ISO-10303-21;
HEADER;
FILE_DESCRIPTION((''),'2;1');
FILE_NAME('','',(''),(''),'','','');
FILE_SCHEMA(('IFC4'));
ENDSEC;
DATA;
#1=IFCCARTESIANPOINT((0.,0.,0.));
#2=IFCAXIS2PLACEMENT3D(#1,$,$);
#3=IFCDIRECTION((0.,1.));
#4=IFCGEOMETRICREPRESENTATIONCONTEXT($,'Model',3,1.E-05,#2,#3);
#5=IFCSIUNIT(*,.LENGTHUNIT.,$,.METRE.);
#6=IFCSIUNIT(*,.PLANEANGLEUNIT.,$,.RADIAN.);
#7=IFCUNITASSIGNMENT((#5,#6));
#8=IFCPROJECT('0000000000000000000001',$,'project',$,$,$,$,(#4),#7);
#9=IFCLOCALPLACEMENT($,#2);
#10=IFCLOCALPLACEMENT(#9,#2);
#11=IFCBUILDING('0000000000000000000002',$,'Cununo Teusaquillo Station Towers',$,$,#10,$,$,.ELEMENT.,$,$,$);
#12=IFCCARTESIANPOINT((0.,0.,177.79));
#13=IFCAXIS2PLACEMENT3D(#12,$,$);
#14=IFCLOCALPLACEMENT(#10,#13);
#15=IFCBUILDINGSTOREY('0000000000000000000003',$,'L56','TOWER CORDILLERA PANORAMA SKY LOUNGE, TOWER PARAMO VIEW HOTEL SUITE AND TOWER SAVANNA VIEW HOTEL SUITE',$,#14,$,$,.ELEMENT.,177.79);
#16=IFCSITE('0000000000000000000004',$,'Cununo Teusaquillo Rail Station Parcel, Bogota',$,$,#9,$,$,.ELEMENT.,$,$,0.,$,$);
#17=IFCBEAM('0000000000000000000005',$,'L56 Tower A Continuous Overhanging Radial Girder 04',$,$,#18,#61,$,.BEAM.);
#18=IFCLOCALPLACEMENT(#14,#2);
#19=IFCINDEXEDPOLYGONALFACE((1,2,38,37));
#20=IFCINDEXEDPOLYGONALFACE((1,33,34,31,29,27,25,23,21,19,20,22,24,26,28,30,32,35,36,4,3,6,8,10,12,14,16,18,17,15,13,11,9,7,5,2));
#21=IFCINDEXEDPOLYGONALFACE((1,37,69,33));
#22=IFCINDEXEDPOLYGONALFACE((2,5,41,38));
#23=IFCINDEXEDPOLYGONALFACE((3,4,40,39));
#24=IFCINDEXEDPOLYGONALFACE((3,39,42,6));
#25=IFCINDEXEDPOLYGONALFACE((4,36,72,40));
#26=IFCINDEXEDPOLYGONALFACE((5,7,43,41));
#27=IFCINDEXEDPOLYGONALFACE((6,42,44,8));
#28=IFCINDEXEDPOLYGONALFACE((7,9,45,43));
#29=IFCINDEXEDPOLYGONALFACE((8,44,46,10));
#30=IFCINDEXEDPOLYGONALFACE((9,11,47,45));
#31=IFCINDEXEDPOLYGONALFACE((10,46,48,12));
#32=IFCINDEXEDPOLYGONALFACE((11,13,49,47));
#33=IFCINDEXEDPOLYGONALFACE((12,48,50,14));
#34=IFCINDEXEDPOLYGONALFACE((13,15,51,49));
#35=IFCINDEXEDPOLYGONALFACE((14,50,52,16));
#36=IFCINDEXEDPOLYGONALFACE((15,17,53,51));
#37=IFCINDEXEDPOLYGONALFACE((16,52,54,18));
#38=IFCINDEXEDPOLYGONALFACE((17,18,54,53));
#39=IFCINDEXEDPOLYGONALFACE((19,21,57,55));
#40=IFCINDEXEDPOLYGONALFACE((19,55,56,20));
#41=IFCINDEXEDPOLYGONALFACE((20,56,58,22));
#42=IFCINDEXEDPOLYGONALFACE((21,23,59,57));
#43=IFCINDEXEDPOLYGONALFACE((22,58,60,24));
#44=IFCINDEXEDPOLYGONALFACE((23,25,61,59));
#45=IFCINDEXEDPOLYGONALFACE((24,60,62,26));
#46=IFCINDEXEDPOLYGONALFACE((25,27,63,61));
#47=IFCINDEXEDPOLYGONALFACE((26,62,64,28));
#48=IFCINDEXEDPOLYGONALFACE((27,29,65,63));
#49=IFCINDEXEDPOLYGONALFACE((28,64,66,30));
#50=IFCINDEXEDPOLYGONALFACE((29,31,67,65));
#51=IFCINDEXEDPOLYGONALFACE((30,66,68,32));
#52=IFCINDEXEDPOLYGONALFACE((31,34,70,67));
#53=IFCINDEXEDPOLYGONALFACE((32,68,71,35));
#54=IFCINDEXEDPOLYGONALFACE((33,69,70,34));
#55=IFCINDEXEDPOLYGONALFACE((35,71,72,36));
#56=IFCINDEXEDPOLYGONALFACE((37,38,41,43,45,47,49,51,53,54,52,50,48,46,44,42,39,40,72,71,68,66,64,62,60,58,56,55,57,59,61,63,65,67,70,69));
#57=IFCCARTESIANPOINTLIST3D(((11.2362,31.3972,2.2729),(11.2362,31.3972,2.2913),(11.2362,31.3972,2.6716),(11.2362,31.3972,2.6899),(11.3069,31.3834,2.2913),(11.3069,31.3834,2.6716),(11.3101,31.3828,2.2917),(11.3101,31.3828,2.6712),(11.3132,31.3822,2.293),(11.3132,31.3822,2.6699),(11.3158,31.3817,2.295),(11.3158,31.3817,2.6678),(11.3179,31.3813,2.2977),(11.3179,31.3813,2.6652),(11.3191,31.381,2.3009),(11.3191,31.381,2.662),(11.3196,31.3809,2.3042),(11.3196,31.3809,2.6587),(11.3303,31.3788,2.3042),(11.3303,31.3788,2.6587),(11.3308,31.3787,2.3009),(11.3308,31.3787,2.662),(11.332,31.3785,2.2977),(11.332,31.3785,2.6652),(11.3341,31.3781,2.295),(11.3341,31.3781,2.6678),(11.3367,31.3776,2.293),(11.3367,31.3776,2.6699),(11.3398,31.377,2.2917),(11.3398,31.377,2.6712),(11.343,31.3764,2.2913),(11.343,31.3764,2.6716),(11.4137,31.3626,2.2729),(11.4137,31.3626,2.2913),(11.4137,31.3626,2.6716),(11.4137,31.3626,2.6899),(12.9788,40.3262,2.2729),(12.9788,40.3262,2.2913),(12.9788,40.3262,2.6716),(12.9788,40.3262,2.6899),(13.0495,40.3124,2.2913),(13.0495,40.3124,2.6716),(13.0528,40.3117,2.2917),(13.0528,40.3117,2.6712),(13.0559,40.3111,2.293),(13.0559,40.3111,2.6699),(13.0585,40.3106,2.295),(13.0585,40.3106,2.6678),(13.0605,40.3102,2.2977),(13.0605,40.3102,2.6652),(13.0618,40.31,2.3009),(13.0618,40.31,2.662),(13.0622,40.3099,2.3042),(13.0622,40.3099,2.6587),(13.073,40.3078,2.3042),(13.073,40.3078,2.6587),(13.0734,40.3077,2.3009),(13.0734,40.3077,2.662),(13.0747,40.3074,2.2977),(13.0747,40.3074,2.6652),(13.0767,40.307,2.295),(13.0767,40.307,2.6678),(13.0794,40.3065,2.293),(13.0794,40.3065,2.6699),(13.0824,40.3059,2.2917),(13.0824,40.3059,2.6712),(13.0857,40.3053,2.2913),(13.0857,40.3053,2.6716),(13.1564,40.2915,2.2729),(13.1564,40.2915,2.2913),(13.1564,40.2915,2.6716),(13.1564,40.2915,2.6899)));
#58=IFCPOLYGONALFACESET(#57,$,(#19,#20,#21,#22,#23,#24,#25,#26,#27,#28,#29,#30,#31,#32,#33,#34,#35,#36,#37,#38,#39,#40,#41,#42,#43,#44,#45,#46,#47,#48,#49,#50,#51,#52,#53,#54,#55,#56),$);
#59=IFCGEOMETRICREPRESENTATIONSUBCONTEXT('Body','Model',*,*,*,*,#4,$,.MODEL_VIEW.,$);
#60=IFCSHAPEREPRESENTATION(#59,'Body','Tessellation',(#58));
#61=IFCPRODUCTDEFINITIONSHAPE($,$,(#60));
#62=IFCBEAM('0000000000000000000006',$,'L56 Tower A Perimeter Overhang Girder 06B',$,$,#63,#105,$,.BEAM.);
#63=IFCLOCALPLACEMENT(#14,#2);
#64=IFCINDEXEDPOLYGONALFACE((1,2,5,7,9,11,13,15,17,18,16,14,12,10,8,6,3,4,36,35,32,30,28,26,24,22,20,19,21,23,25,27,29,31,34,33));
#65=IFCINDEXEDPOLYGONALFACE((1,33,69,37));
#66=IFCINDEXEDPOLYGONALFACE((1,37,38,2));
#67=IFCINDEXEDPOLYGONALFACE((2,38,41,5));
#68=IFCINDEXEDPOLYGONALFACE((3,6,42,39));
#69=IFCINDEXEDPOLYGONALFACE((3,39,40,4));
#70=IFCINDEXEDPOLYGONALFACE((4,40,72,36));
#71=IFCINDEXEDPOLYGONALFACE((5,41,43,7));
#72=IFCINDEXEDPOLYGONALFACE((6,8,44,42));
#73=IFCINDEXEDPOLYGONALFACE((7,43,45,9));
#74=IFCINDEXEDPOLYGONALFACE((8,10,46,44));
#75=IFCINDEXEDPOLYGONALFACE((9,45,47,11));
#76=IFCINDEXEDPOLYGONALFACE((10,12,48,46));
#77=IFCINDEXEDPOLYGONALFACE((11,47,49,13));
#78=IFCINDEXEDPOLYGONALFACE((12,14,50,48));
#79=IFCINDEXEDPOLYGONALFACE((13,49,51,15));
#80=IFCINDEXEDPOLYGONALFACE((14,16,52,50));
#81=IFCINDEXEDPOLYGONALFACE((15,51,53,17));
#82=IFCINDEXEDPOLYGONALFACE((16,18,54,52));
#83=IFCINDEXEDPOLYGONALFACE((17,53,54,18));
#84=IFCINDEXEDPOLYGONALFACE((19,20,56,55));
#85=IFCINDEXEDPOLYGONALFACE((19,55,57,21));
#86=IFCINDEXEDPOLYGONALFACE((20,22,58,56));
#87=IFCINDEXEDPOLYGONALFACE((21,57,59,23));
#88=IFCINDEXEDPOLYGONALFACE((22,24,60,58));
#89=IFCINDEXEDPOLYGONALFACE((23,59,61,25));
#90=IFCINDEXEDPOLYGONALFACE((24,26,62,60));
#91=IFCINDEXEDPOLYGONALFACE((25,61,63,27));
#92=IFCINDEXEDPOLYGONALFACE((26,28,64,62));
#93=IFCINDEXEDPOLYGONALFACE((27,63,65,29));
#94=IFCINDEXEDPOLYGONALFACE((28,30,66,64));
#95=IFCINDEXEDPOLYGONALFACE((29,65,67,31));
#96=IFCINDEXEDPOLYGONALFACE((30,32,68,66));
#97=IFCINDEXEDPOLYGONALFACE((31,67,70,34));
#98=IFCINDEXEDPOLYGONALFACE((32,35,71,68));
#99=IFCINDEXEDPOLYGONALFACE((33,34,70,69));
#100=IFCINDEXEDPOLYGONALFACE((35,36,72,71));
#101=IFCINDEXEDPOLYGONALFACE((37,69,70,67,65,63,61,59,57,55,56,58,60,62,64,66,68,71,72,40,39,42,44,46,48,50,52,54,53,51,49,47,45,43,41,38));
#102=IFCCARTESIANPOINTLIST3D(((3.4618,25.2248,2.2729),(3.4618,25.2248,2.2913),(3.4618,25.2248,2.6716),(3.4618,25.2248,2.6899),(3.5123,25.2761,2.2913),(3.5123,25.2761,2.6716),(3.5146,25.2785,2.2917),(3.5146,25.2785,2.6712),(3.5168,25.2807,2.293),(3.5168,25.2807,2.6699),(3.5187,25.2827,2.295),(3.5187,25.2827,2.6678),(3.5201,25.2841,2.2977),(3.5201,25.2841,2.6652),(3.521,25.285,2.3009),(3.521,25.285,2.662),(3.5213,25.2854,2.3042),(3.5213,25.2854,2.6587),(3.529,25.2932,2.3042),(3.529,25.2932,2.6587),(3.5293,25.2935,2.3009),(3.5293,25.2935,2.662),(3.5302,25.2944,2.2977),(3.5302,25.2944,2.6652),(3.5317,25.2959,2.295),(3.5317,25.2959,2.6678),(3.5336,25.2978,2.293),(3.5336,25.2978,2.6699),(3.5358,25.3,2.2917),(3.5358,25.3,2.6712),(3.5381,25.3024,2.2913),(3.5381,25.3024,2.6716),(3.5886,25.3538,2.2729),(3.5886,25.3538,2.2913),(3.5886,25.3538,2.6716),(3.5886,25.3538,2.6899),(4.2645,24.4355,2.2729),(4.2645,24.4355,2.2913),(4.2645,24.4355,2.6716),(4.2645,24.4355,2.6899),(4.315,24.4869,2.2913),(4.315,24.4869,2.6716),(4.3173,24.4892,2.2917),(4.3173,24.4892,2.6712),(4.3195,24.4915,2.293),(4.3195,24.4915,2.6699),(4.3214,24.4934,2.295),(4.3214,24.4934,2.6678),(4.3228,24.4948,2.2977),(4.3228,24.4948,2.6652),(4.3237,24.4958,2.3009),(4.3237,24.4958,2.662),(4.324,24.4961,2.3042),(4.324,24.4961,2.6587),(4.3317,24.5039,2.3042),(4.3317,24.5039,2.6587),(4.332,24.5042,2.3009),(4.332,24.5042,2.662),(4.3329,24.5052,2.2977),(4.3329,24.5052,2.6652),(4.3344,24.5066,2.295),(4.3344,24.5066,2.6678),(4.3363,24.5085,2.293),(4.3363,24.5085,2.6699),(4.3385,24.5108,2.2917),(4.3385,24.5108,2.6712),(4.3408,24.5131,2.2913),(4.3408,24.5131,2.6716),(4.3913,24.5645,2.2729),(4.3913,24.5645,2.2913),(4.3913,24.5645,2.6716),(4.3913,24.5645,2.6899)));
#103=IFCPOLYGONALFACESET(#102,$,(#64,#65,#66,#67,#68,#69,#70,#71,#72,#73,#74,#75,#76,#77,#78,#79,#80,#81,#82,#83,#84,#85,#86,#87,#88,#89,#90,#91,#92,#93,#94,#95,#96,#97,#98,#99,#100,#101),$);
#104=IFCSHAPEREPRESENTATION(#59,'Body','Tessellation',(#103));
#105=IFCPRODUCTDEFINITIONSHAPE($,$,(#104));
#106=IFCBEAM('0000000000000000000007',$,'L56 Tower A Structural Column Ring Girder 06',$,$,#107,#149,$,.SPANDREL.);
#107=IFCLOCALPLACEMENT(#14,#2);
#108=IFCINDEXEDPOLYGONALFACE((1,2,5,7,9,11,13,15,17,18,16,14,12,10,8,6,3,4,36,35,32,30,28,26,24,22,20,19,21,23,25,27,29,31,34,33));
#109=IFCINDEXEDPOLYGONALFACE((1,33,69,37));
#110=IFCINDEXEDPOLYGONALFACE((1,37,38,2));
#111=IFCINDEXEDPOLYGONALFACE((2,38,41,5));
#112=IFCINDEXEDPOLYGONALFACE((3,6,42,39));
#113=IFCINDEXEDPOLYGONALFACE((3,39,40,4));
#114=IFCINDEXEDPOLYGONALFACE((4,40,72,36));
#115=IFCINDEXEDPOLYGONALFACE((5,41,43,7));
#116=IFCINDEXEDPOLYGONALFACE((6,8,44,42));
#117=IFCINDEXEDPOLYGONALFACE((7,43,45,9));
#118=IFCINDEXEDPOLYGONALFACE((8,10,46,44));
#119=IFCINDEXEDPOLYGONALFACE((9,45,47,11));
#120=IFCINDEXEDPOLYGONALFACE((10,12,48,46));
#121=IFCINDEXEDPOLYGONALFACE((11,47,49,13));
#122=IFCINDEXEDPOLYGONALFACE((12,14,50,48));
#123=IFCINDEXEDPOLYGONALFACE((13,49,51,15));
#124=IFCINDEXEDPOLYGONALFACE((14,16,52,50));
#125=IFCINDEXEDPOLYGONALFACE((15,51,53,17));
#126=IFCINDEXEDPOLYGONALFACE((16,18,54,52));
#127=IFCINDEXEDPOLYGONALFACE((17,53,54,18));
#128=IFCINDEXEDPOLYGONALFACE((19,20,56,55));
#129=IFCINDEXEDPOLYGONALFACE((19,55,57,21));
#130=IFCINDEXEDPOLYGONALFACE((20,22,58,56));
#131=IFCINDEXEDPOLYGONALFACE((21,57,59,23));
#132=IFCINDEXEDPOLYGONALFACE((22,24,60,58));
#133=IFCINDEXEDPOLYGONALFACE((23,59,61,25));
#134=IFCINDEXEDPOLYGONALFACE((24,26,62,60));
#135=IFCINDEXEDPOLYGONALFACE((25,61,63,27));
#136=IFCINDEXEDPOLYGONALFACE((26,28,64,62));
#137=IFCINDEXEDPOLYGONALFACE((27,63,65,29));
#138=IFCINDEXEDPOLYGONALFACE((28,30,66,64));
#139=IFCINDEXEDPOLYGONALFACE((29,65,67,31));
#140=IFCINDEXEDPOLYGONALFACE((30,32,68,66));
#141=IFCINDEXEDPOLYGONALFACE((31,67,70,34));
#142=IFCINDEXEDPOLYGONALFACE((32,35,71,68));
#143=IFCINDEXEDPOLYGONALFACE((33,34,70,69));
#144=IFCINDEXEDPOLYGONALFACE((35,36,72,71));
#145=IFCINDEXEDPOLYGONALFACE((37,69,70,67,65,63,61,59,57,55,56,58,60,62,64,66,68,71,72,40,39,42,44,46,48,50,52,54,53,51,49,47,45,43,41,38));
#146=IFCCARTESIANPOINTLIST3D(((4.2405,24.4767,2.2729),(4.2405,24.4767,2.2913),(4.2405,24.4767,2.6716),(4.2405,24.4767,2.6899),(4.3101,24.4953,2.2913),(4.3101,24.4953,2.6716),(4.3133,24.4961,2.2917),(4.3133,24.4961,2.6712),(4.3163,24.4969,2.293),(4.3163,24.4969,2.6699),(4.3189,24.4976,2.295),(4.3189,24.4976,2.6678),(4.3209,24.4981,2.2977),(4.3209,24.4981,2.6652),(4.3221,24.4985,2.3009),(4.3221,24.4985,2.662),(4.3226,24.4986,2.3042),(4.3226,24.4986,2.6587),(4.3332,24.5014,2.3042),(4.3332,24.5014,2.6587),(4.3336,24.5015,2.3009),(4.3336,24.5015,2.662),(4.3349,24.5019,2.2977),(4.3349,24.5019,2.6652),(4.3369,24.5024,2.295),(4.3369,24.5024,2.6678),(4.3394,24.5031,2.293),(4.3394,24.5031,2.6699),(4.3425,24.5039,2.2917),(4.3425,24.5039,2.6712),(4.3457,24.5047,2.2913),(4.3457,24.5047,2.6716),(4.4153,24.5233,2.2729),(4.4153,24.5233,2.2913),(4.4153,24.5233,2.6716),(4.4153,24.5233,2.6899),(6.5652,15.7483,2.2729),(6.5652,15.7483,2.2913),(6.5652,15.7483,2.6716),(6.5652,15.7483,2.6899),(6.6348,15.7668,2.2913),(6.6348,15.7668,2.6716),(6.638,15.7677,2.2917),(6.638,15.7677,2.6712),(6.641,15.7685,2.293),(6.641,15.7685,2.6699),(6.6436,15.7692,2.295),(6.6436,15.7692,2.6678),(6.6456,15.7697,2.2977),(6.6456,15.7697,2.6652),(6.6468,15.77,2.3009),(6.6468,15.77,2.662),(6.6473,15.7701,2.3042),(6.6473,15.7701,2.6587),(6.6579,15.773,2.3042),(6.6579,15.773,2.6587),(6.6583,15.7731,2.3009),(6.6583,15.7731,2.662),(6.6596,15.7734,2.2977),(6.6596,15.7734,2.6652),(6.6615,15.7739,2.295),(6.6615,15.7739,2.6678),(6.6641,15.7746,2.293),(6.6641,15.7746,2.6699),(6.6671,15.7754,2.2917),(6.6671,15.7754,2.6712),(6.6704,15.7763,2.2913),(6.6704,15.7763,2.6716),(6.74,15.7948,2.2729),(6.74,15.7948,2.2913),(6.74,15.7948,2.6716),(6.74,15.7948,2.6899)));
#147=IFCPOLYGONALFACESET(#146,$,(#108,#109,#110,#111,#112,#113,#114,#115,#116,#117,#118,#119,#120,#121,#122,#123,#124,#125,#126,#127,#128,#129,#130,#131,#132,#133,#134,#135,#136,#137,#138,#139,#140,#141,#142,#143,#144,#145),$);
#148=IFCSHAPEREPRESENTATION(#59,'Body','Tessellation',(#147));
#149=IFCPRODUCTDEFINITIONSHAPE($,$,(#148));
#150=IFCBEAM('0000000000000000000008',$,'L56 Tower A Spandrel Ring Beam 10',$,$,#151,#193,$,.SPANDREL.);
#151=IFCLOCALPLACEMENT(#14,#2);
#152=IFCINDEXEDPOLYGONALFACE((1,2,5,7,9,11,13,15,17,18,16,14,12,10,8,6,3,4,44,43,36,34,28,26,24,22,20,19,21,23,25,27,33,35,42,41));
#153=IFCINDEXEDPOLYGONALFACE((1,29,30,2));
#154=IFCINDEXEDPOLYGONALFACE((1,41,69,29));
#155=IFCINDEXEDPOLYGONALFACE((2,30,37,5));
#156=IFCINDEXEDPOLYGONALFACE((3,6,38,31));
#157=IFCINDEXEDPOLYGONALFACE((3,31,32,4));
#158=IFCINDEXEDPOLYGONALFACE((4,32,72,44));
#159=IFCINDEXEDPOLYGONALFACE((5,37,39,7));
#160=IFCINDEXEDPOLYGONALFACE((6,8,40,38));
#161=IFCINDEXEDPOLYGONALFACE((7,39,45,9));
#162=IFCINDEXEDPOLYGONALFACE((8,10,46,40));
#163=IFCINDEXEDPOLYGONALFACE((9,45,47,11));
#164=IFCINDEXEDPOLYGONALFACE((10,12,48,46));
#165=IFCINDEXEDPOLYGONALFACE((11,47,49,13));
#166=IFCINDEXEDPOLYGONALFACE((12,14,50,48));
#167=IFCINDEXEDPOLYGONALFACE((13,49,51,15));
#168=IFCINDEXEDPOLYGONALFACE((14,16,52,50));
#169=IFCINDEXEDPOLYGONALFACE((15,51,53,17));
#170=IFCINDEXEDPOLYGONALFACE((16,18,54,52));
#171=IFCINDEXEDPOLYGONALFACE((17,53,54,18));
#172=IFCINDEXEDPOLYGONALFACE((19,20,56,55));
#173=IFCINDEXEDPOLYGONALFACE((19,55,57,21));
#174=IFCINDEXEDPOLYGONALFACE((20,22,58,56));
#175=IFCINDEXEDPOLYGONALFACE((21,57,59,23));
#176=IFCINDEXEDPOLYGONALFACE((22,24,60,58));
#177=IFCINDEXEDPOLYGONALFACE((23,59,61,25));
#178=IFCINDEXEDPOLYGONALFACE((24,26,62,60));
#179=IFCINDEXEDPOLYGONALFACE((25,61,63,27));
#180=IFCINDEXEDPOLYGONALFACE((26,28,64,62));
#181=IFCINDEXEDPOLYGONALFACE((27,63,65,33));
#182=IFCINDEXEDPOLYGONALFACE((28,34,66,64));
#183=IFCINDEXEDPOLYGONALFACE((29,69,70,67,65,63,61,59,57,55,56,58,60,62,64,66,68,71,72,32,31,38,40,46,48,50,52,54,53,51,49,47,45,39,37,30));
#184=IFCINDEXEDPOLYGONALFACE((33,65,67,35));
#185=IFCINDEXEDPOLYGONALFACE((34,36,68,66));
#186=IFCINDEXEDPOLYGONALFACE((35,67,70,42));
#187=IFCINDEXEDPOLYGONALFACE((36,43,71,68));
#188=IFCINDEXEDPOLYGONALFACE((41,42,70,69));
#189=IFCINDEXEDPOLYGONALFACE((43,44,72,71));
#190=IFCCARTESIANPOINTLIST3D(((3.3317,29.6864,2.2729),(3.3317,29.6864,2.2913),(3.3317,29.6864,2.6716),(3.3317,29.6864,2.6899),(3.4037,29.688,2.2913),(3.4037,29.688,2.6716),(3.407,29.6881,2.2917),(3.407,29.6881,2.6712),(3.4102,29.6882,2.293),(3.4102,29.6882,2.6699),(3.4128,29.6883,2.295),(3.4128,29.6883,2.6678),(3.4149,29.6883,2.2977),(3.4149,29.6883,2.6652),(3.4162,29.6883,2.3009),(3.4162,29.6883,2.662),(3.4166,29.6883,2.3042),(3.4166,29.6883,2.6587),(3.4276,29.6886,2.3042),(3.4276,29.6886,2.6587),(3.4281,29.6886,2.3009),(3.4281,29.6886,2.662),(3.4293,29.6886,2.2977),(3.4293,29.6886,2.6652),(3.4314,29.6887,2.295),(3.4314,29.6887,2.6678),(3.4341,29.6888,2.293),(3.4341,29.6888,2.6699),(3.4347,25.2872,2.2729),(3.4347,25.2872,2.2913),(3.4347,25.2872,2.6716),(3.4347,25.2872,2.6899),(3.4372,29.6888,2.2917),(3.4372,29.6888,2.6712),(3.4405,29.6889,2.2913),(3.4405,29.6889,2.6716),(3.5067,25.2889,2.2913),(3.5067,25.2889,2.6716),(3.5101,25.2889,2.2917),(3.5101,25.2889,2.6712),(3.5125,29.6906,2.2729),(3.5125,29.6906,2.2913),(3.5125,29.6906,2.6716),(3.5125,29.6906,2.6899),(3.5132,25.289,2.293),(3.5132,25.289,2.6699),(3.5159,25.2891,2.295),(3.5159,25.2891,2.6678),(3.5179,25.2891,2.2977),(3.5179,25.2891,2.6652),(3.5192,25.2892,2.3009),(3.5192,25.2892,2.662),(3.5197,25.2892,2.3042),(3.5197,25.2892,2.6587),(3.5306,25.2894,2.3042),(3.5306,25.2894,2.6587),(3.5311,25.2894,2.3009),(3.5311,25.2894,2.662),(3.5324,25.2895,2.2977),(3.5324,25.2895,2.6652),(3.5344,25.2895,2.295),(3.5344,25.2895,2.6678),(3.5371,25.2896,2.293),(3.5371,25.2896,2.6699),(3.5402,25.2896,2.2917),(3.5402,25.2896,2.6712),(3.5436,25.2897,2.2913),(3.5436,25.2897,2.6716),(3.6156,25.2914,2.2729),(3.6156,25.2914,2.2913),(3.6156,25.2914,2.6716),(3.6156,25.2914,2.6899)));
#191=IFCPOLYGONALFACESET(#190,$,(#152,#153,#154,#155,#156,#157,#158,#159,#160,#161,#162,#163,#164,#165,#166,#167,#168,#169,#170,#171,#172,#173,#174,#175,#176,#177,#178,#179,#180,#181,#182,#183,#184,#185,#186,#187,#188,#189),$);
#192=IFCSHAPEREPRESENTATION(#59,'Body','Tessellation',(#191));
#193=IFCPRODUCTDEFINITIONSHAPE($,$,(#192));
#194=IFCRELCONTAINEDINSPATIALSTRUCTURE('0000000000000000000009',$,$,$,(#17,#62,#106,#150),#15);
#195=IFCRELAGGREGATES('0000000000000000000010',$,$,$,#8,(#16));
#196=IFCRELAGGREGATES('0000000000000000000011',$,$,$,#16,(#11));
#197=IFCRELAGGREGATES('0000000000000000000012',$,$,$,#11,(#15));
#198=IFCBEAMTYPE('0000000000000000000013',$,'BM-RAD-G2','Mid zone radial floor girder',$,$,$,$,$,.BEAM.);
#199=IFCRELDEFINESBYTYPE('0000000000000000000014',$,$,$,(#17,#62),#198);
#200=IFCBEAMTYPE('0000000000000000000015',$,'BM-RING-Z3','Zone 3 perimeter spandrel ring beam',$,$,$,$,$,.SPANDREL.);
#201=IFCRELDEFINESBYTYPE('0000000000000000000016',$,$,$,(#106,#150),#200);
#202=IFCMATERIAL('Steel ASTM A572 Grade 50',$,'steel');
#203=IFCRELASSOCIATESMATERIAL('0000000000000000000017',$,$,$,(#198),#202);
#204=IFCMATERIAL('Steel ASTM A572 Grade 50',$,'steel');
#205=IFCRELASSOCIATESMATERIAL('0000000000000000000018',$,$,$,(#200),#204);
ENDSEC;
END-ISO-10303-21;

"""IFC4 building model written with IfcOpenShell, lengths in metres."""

from ifc_helpers import new_model, si_unit, direction, frame, origin, origin_2d, place, context, subcontext, project, spatial, i_section, extrude, material, material_profile, profile_set, type_object, element, save


model = new_model("IFC4")

# Units and contexts
model_context = context("Model", 3, precision=1e-05, world=origin(), true_north=direction((0.0, 1.0)))
body_context = subcontext(model_context, "Body", "Model", "MODEL_VIEW")
ifc_project = project(units=[si_unit("LENGTHUNIT", "METRE"), si_unit("PLANEANGLEUNIT", "RADIAN")], contexts=[model_context])

# Site, building, storey
site_placement = place(None, origin())
site = spatial("IfcSite", under=ifc_project, at=site_placement, Name="Cununo Teusaquillo Rail Station Parcel, Bogota", CompositionType="ELEMENT", RefElevation=0.0)
building_placement = place(site_placement, origin())
building = spatial("IfcBuilding", under=site, at=building_placement, Name="Cununo Teusaquillo Station Towers", CompositionType="ELEMENT")
storey_placement = place(building_placement, frame((0.0, 0.0, 177.79)))
storey = spatial("IfcBuildingStorey", under=building, at=storey_placement, Name="L56", Description="TOWER CORDILLERA PANORAMA SKY LOUNGE, TOWER PARAMO VIEW HOTEL SUITE AND TOWER SAVANNA VIEW HOTEL SUITE", CompositionType="ELEMENT", Elevation=177.79)

# Beams
ifc_material_1 = material(Name="Steel ASTM A572 Grade 50", Category="steel")
ifc_material_profile_1 = material_profile(ifc_material_1, i_section(OverallWidth=0.1809, OverallDepth=0.417, WebThickness=0.011, FlangeThickness=0.0183, FilletRadius=0.0129, at=origin_2d()), Name="W16X57")
ifc_profile_set_1 = profile_set([ifc_material_profile_1], Name="Steel ASTM A572 Grade 50")
beam_type_1 = type_object("IfcBeamType", Name="BM-RAD-G2", Description="Mid zone radial floor girder", PredefinedType="BEAM", material=ifc_profile_set_1)
beam_1_placement = place(storey_placement, frame((11.325, 31.3799, 2.4814), z_axis=(0.191557, 0.981481, 0.0), x_axis=(-0.981481, 0.191557, 0.0)))
element("IfcBeam", 1, at=beam_1_placement, inside=storey, type_object=beam_type_1, Name="L56 Tower A Continuous Overhanging Radial Girder 04", PredefinedType="BEAM", context=body_context, shape_type="SweptSolid", body=[
    extrude(i_section(OverallWidth=0.1809, OverallDepth=0.417, WebThickness=0.011, FlangeThickness=0.0183, FilletRadius=0.0129, at=origin_2d()), origin(), (0.0, 0.0, 1.0), 9.0974),
])
beam_2_placement = place(storey_placement, frame((4.3279, 24.5, 2.4814), z_axis=(-0.713045, 0.701118, 0.0), x_axis=(-0.701118, -0.713045, 0.0)))
element("IfcBeam", 2, at=beam_2_placement, inside=storey, type_object=beam_type_1, Name="L56 Tower A Perimeter Overhang Girder 06B", PredefinedType="BEAM", context=body_context, shape_type="SweptSolid", body=[
    extrude(i_section(OverallWidth=0.1809, OverallDepth=0.417, WebThickness=0.011, FlangeThickness=0.0183, FilletRadius=0.0129, at=origin_2d()), origin(), (0.0, 0.0, 1.0), 1.1257),
])
ifc_material_2 = material(Name="Steel ASTM A572 Grade 50", Category="steel")
ifc_material_profile_2 = material_profile(ifc_material_2, i_section(OverallWidth=0.1809, OverallDepth=0.417, WebThickness=0.011, FlangeThickness=0.0183, FilletRadius=0.0129, at=origin_2d()), Name="W16X57")
ifc_profile_set_2 = profile_set([ifc_material_profile_2], Name="Steel ASTM A572 Grade 50")
beam_type_2 = type_object("IfcBeamType", Name="BM-RING-Z3", Description="Zone 3 perimeter spandrel ring beam", PredefinedType="SPANDREL", material=ifc_profile_set_2)
beam_3_placement = place(storey_placement, frame((4.3279, 24.5, 2.4814), z_axis=(0.257363, -0.966315, 0.0), x_axis=(0.966315, 0.257363, 0.0)))
element("IfcBeam", 3, at=beam_3_placement, inside=storey, type_object=beam_type_2, Name="L56 Tower A Structural Column Ring Girder 06", PredefinedType="SPANDREL", context=body_context, shape_type="SweptSolid", body=[
    extrude(i_section(OverallWidth=0.1809, OverallDepth=0.417, WebThickness=0.011, FlangeThickness=0.0183, FilletRadius=0.0129, at=origin_2d()), origin(), (0.0, 0.0, 1.0), 9.0327),
])
beam_4_placement = place(storey_placement, frame((3.4221, 29.6885, 2.4814), z_axis=(0.023413, -0.999726, 0.0), x_axis=(0.999726, 0.023413, 0.0)))
element("IfcBeam", 4, at=beam_4_placement, inside=storey, type_object=beam_type_2, Name="L56 Tower A Spandrel Ring Beam 10", PredefinedType="SPANDREL", context=body_context, shape_type="SweptSolid", body=[
    extrude(i_section(OverallWidth=0.1809, OverallDepth=0.417, WebThickness=0.011, FlangeThickness=0.0183, FilletRadius=0.0129, at=origin_2d()), origin(), (0.0, 0.0, 1.0), 4.4004),
])

save(model, "model.ifc")
